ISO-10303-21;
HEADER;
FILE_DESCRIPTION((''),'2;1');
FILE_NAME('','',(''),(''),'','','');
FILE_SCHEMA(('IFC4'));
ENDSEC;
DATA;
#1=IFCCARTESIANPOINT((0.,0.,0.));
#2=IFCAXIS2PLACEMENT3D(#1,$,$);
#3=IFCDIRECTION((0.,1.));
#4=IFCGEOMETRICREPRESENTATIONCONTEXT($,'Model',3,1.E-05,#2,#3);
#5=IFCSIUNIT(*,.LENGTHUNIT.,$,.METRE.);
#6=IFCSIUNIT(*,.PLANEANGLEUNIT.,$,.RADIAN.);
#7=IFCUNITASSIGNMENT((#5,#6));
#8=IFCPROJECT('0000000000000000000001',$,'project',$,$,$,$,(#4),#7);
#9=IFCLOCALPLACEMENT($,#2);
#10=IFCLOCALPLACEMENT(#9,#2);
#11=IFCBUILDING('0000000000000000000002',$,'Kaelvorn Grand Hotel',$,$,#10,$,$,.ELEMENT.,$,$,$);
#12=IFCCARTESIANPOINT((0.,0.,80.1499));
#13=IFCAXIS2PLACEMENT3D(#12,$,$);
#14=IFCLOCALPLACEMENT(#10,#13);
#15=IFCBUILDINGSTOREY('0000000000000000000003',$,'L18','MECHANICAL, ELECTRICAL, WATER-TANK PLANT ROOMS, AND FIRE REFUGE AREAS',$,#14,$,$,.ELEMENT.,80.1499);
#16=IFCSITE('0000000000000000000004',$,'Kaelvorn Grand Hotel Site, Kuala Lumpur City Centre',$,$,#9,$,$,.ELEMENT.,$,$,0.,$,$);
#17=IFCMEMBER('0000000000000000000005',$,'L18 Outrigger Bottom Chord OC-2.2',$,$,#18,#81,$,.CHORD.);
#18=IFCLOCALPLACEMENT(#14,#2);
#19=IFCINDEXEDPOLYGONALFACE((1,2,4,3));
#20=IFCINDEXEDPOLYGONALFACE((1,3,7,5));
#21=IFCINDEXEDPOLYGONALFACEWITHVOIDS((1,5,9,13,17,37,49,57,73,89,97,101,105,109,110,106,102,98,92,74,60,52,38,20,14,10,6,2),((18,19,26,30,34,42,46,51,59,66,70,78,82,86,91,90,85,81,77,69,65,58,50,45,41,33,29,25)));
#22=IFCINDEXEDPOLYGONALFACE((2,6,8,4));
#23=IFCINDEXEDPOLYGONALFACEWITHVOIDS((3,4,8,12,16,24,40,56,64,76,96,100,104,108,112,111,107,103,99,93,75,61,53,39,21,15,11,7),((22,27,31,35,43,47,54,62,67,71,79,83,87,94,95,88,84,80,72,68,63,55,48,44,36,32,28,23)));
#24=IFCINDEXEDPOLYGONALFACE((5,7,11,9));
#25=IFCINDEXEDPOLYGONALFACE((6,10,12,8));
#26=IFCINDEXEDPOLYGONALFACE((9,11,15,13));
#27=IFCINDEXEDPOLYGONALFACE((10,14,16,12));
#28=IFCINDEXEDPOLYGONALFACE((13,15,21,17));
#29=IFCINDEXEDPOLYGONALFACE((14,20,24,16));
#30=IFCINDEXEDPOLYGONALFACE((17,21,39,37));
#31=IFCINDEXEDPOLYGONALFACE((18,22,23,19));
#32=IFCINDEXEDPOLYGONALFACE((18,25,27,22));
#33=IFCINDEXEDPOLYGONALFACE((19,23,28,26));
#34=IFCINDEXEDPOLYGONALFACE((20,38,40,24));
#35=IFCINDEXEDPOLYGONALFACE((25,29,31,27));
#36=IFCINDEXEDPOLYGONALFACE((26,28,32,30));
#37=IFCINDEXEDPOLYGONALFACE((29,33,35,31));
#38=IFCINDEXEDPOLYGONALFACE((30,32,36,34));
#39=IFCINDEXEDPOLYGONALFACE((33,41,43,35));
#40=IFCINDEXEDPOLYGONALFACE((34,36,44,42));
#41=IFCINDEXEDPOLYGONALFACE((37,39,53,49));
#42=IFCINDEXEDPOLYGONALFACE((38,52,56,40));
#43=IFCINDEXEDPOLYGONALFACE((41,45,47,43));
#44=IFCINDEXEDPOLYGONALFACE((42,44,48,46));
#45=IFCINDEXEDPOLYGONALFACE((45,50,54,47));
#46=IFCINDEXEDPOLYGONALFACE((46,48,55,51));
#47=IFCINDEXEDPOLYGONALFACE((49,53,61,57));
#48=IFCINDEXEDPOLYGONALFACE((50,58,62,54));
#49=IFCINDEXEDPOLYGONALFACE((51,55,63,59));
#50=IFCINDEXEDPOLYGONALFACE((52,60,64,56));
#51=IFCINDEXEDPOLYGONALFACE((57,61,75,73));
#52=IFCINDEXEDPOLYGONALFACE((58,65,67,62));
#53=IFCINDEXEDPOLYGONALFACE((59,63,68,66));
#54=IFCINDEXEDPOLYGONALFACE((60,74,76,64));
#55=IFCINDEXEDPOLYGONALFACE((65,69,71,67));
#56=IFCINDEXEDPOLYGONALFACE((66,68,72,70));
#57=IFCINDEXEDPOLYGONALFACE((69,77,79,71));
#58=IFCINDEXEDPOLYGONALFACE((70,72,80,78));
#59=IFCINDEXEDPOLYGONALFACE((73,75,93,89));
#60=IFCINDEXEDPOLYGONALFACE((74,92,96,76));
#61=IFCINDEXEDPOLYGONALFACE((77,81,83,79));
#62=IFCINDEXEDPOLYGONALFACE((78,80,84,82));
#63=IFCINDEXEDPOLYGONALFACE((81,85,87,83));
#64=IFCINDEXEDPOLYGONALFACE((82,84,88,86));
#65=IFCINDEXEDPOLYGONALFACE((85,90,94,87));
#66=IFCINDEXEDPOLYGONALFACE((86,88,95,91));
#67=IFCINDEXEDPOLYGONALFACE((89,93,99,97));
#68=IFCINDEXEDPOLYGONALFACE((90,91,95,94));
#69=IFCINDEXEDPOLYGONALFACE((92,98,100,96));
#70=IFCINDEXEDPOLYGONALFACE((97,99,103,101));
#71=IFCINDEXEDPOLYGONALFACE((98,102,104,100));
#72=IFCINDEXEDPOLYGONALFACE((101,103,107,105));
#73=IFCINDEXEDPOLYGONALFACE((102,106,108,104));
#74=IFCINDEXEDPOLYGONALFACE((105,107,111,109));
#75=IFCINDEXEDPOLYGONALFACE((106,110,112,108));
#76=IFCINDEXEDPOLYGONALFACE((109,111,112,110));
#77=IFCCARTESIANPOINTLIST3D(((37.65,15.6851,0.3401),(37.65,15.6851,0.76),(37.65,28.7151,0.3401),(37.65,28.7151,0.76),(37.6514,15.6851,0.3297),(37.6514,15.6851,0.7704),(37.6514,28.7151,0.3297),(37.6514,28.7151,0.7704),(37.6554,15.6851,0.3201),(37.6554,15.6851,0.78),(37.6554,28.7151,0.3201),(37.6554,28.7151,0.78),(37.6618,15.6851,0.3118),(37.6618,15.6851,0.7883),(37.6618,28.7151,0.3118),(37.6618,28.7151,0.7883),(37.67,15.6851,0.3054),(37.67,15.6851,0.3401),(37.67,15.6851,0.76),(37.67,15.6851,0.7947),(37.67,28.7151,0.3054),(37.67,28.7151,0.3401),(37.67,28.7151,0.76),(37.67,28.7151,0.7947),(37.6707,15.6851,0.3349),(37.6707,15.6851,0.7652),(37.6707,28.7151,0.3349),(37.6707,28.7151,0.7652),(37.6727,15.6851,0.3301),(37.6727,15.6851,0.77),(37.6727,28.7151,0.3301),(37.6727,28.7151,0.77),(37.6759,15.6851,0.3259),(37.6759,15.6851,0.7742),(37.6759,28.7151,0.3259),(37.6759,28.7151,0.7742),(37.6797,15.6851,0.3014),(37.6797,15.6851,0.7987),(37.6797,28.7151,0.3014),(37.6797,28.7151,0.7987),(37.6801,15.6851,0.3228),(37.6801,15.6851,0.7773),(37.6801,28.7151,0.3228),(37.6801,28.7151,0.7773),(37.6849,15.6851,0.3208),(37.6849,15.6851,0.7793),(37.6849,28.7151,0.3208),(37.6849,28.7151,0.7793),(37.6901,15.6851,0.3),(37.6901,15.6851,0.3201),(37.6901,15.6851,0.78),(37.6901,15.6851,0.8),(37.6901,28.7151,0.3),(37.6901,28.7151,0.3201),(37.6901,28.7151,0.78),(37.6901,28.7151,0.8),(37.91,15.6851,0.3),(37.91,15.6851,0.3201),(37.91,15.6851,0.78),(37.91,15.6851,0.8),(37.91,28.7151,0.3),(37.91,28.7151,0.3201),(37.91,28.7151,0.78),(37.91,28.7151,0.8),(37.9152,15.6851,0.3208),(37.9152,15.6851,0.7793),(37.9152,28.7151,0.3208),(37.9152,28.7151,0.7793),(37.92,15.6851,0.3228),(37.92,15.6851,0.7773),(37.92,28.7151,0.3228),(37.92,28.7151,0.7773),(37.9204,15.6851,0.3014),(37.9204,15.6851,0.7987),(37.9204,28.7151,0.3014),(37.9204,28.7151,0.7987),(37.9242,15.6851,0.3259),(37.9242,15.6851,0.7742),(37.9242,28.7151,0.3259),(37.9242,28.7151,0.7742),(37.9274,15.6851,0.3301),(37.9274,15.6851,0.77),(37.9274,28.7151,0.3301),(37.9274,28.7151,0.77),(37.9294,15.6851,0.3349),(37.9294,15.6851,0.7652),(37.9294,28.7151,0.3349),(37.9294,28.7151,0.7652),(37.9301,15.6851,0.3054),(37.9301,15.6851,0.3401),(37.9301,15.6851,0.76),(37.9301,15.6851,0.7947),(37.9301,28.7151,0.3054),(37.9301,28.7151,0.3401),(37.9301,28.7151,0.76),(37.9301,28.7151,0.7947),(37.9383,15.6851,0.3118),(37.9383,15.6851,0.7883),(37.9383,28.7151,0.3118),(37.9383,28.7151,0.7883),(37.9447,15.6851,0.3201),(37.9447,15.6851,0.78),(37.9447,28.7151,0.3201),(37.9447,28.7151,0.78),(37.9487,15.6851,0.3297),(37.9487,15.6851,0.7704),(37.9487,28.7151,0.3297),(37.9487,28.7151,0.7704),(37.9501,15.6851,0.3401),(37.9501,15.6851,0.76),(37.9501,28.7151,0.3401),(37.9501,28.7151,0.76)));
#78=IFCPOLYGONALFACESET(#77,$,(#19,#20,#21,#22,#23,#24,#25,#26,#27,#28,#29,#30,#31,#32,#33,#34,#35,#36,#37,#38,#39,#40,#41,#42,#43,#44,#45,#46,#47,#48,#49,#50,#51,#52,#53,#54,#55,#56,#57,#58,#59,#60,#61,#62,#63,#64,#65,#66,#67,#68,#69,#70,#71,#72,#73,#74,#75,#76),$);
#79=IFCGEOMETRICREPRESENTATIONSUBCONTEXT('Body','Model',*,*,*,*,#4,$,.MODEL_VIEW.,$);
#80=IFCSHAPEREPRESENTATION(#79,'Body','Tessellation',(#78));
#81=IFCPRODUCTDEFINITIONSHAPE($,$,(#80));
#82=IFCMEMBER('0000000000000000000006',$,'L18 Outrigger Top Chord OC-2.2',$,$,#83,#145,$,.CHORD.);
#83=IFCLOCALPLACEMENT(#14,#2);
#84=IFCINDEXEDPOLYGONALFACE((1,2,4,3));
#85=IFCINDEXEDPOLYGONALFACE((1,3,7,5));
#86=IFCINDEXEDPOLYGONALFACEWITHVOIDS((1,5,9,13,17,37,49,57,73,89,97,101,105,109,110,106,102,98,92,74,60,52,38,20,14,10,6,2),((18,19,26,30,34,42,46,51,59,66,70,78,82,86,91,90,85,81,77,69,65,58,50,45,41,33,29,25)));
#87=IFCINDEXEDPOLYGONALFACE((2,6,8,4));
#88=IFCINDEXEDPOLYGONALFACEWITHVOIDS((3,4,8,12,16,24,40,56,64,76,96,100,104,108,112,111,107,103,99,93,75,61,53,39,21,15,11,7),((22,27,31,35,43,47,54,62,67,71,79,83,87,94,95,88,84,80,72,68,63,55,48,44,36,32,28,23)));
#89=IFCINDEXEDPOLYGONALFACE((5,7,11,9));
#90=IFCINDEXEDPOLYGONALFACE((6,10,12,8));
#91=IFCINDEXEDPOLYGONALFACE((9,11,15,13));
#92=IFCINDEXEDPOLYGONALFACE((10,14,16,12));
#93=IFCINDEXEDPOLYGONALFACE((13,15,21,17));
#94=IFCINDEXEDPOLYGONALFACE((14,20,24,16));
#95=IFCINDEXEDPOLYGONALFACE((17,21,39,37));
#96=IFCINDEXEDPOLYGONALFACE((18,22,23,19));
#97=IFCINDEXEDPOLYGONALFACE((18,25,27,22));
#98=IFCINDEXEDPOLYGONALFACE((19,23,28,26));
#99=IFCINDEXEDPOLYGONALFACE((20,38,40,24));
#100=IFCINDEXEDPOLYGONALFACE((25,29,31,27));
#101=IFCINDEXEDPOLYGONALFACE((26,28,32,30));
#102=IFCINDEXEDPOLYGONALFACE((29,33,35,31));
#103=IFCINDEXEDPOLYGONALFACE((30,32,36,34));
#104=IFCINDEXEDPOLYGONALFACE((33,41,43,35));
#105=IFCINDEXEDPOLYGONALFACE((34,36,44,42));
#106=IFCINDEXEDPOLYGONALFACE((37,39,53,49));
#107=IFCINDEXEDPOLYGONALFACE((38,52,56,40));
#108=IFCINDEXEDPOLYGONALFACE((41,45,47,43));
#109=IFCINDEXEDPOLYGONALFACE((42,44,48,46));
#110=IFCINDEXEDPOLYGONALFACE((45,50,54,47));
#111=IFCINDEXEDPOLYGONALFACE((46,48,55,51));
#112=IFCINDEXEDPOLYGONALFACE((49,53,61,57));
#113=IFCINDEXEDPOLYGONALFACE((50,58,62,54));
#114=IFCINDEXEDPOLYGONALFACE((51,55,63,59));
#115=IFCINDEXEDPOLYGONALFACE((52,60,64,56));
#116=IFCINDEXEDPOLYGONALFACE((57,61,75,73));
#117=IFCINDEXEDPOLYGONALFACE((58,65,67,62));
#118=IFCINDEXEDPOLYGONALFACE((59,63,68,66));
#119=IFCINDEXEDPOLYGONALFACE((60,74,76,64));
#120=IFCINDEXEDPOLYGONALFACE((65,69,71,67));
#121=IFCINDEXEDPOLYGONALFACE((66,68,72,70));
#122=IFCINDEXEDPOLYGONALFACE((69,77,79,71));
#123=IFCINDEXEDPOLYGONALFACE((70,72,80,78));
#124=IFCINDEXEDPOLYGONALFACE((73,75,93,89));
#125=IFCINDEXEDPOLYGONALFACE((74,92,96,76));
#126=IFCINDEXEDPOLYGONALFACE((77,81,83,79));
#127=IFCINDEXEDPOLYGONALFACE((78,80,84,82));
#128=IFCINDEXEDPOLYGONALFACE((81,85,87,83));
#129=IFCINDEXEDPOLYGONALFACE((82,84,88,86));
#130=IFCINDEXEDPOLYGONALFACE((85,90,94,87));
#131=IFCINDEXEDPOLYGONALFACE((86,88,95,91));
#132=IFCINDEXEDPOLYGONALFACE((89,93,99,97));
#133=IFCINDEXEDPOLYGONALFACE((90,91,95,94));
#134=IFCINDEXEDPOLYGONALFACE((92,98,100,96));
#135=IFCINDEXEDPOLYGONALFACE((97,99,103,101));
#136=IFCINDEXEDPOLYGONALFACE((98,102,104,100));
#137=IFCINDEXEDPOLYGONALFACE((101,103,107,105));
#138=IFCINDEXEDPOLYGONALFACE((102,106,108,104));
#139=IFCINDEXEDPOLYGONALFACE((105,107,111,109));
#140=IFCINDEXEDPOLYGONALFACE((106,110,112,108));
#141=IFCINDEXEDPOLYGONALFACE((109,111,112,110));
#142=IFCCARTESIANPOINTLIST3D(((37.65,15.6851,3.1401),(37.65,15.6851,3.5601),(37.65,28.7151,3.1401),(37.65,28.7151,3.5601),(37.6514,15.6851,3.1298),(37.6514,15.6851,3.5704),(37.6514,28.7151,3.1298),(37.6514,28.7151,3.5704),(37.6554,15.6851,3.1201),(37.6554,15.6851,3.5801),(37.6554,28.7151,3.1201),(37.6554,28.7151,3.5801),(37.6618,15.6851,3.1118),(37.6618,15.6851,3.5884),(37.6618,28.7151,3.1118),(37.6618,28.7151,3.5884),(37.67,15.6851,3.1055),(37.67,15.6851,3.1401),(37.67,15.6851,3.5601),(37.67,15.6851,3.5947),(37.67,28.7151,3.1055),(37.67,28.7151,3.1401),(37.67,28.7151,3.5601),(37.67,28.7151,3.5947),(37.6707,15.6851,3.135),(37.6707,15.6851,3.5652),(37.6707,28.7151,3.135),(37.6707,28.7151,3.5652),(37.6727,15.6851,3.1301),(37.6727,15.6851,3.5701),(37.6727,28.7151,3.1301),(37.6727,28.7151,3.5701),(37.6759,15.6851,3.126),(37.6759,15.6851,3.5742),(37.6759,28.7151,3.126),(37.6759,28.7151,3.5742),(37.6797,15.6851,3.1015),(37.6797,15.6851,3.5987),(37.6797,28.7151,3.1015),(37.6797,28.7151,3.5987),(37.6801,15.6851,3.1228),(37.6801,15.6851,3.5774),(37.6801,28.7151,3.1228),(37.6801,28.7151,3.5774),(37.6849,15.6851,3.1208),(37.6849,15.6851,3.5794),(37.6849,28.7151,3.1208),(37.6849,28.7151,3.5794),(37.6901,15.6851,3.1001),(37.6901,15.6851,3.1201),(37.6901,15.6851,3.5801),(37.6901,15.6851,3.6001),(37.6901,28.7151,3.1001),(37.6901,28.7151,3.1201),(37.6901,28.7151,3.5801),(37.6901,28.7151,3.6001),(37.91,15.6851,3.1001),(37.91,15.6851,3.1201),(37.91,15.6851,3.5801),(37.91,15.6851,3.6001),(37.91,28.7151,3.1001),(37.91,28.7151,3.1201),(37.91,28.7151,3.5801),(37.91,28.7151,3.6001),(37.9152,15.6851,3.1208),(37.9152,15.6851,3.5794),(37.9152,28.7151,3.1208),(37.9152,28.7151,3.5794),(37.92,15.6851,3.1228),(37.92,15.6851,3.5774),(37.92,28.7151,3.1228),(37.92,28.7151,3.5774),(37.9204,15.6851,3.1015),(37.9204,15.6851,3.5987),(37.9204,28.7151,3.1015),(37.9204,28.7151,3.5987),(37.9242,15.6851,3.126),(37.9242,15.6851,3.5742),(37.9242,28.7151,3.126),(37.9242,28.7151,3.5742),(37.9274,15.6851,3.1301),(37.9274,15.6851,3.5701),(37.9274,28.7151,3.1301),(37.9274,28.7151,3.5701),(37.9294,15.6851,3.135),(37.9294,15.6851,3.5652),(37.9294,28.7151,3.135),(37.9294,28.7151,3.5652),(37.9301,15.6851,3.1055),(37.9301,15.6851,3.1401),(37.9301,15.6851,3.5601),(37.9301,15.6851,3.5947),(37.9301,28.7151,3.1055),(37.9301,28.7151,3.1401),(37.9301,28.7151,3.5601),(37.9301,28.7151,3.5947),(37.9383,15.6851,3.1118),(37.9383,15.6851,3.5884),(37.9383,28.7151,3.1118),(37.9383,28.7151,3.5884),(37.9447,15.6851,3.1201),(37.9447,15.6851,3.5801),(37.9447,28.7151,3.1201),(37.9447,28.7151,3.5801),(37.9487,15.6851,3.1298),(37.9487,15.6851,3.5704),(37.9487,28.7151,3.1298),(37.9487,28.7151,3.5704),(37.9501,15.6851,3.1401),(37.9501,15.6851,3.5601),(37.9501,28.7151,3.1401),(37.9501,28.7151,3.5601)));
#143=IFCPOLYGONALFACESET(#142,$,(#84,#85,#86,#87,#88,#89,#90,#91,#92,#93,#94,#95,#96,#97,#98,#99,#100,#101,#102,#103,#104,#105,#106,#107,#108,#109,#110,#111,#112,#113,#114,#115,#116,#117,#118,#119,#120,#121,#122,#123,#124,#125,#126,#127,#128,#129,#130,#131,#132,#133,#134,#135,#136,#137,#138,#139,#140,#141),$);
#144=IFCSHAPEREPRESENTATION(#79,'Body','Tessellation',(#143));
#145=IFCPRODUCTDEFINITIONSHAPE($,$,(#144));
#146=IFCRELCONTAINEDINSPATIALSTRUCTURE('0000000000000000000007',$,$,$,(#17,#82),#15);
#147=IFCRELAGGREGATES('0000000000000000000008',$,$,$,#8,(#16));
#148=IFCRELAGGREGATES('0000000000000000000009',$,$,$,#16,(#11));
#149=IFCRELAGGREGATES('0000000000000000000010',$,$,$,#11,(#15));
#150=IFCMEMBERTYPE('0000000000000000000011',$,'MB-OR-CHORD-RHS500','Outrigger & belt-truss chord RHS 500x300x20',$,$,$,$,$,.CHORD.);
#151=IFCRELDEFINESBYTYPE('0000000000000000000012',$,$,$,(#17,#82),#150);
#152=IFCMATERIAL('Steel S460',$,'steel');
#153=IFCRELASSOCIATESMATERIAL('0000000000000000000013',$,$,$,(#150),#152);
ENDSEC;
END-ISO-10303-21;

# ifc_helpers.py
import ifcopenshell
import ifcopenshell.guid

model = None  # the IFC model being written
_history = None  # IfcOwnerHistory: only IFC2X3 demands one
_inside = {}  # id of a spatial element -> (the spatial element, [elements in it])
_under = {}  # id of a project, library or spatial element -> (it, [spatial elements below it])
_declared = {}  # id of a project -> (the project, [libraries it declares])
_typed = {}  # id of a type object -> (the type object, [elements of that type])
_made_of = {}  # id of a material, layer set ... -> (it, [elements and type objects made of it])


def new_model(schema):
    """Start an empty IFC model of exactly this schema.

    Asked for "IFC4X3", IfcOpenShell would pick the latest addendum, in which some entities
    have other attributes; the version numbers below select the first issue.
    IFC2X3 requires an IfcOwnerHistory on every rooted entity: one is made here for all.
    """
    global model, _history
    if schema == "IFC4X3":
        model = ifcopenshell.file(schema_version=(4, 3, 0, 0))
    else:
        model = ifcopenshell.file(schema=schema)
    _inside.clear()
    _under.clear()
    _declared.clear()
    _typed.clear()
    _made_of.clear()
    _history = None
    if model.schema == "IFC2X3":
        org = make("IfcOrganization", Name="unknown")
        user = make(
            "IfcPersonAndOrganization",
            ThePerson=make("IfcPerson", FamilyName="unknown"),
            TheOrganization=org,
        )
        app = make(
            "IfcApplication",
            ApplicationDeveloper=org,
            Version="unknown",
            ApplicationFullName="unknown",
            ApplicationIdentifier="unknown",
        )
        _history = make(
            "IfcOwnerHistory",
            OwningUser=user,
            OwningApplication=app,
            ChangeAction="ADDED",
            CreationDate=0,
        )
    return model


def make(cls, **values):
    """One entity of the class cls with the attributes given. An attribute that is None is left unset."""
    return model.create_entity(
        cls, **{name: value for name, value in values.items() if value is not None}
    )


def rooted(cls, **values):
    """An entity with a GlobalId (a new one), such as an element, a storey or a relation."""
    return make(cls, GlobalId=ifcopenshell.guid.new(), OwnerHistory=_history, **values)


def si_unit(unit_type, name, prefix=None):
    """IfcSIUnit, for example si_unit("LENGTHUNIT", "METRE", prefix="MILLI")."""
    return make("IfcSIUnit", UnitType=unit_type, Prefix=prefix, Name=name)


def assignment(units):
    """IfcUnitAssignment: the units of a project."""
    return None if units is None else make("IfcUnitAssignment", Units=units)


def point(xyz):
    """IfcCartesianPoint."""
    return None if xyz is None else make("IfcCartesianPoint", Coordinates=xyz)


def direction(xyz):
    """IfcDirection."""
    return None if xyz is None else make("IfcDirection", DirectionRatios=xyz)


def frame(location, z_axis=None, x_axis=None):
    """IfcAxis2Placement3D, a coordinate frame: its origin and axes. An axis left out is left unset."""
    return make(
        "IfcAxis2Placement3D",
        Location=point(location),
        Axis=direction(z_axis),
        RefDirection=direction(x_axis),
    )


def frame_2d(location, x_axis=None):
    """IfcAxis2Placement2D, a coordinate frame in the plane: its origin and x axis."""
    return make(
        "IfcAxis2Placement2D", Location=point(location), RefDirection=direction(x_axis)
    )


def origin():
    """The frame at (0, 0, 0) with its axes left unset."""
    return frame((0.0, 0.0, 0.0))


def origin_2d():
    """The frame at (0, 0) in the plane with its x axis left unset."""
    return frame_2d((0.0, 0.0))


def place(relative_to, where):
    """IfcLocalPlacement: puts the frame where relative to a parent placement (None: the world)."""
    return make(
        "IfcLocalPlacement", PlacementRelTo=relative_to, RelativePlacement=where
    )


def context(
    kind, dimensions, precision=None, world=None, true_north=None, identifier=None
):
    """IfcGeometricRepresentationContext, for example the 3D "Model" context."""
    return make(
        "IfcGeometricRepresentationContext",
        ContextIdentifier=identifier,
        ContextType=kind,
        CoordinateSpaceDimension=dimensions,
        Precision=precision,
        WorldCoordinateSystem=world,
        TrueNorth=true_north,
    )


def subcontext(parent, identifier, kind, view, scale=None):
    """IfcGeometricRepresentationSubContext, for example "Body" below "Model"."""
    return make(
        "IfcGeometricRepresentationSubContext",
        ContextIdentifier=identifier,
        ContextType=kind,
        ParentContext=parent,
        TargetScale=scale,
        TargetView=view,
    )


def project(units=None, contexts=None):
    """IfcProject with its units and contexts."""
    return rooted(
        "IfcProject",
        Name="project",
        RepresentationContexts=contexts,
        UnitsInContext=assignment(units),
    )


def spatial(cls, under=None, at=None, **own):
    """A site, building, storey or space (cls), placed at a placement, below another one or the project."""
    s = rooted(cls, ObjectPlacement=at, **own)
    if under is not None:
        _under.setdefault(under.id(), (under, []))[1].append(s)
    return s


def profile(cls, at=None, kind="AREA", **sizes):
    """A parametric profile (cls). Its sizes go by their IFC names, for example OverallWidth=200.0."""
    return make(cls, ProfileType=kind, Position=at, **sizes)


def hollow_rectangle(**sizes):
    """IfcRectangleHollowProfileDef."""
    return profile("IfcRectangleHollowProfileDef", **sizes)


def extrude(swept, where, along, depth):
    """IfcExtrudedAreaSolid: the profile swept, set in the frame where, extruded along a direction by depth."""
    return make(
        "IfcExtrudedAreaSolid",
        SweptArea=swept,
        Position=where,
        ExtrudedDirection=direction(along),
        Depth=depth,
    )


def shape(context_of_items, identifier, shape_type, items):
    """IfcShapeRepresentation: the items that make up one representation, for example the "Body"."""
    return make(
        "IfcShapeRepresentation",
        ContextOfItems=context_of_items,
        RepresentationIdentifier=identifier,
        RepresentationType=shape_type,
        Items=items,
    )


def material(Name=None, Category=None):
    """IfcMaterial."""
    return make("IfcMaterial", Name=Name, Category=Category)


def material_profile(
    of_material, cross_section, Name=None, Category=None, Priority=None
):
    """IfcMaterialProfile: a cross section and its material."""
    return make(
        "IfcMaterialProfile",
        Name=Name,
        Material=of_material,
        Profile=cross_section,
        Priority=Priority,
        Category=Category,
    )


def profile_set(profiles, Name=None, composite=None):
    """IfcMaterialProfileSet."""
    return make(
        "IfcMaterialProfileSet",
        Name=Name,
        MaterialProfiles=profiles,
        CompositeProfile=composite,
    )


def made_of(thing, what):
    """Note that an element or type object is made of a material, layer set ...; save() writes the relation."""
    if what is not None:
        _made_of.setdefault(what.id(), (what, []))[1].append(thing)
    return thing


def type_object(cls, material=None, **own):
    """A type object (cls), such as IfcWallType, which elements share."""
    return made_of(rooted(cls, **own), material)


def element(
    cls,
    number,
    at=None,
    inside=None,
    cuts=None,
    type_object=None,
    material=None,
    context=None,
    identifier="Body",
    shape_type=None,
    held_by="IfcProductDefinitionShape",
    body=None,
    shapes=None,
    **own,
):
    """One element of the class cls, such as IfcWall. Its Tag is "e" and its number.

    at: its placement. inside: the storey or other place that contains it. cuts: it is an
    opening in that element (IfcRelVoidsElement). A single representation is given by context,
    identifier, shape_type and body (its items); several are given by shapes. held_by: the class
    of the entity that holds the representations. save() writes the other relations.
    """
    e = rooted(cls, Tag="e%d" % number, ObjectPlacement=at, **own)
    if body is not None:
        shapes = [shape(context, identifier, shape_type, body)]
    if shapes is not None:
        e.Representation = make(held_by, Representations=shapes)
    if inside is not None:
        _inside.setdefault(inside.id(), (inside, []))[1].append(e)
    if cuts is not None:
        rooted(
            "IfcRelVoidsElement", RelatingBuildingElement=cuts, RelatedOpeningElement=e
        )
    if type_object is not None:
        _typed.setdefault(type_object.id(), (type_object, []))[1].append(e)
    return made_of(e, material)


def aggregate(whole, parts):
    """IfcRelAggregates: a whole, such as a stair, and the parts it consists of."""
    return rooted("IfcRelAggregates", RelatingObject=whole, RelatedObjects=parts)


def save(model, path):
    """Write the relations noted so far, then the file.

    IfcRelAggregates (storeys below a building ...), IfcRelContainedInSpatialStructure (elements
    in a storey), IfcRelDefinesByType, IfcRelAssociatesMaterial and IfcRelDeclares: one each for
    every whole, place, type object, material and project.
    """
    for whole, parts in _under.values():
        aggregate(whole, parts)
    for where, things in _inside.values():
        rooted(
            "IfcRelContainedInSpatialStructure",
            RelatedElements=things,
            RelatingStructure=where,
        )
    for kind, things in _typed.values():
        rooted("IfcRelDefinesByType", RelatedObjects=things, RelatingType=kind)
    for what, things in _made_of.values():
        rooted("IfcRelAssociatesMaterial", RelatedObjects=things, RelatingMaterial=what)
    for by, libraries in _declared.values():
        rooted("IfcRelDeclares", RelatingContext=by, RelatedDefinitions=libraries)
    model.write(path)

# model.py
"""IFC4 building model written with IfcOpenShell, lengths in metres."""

from ifc_helpers import new_model, si_unit, direction, frame, origin, origin_2d, place, context, subcontext, project, spatial, hollow_rectangle, extrude, material, material_profile, profile_set, type_object, element, save


model = new_model("IFC4")

# Units and contexts
model_context = context("Model", 3, precision=1e-05, world=origin(), true_north=direction((0.0, 1.0)))
body_context = subcontext(model_context, "Body", "Model", "MODEL_VIEW")
ifc_project = project(units=[si_unit("LENGTHUNIT", "METRE"), si_unit("PLANEANGLEUNIT", "RADIAN")], contexts=[model_context])

# Site, building, storey
site_placement = place(None, origin())
site = spatial("IfcSite", under=ifc_project, at=site_placement, Name="Kaelvorn Grand Hotel Site, Kuala Lumpur City Centre", CompositionType="ELEMENT", RefElevation=0.0)
building_placement = place(site_placement, origin())
building = spatial("IfcBuilding", under=site, at=building_placement, Name="Kaelvorn Grand Hotel", CompositionType="ELEMENT")
storey_placement = place(building_placement, frame((0.0, 0.0, 80.1499)))
storey = spatial("IfcBuildingStorey", under=building, at=storey_placement, Name="L18", Description="MECHANICAL, ELECTRICAL, WATER-TANK PLANT ROOMS, AND FIRE REFUGE AREAS", CompositionType="ELEMENT", Elevation=80.1499)

# Shared definitions
ifc_material_1 = material(Name="Steel S460", Category="steel")

# Members
ifc_material_profile_1 = material_profile(ifc_material_1, hollow_rectangle(XDim=0.3, YDim=0.5, WallThickness=0.02, InnerFilletRadius=0.02, OuterFilletRadius=0.04, at=origin_2d()), Name="RHS 500x300x20.0")
ifc_profile_set_1 = profile_set([ifc_material_profile_1], Name="Steel S460")
member_type_1 = type_object("IfcMemberType", Name="MB-OR-CHORD-RHS500", Description="Outrigger & belt-truss chord RHS 500x300x20", PredefinedType="CHORD", material=ifc_profile_set_1)
for number, where, z_axis, x_axis, name in (
    (1, (37.8, 15.6851, 0.55), (0.0, 1.0, 0.0), (-1.0, 0.0, 0.0), "L18 Outrigger Bottom Chord OC-2.2"),
    (2, (37.8, 15.6851, 3.3501), (0.0, 1.0, 0.0), (-1.0, 0.0, 0.0), "L18 Outrigger Top Chord OC-2.2"),
):
    element("IfcMember", number, at=place(storey_placement, frame(where, z_axis=z_axis, x_axis=x_axis)), inside=storey, type_object=member_type_1, Name=name, PredefinedType="CHORD", context=body_context, shape_type="SweptSolid", body=[
        extrude(hollow_rectangle(XDim=0.3, YDim=0.5, WallThickness=0.02, InnerFilletRadius=0.02, OuterFilletRadius=0.04, at=origin_2d()), origin(), (0.0, 0.0, 1.0), 13.03),
    ])

save(model, "model.ifc")
